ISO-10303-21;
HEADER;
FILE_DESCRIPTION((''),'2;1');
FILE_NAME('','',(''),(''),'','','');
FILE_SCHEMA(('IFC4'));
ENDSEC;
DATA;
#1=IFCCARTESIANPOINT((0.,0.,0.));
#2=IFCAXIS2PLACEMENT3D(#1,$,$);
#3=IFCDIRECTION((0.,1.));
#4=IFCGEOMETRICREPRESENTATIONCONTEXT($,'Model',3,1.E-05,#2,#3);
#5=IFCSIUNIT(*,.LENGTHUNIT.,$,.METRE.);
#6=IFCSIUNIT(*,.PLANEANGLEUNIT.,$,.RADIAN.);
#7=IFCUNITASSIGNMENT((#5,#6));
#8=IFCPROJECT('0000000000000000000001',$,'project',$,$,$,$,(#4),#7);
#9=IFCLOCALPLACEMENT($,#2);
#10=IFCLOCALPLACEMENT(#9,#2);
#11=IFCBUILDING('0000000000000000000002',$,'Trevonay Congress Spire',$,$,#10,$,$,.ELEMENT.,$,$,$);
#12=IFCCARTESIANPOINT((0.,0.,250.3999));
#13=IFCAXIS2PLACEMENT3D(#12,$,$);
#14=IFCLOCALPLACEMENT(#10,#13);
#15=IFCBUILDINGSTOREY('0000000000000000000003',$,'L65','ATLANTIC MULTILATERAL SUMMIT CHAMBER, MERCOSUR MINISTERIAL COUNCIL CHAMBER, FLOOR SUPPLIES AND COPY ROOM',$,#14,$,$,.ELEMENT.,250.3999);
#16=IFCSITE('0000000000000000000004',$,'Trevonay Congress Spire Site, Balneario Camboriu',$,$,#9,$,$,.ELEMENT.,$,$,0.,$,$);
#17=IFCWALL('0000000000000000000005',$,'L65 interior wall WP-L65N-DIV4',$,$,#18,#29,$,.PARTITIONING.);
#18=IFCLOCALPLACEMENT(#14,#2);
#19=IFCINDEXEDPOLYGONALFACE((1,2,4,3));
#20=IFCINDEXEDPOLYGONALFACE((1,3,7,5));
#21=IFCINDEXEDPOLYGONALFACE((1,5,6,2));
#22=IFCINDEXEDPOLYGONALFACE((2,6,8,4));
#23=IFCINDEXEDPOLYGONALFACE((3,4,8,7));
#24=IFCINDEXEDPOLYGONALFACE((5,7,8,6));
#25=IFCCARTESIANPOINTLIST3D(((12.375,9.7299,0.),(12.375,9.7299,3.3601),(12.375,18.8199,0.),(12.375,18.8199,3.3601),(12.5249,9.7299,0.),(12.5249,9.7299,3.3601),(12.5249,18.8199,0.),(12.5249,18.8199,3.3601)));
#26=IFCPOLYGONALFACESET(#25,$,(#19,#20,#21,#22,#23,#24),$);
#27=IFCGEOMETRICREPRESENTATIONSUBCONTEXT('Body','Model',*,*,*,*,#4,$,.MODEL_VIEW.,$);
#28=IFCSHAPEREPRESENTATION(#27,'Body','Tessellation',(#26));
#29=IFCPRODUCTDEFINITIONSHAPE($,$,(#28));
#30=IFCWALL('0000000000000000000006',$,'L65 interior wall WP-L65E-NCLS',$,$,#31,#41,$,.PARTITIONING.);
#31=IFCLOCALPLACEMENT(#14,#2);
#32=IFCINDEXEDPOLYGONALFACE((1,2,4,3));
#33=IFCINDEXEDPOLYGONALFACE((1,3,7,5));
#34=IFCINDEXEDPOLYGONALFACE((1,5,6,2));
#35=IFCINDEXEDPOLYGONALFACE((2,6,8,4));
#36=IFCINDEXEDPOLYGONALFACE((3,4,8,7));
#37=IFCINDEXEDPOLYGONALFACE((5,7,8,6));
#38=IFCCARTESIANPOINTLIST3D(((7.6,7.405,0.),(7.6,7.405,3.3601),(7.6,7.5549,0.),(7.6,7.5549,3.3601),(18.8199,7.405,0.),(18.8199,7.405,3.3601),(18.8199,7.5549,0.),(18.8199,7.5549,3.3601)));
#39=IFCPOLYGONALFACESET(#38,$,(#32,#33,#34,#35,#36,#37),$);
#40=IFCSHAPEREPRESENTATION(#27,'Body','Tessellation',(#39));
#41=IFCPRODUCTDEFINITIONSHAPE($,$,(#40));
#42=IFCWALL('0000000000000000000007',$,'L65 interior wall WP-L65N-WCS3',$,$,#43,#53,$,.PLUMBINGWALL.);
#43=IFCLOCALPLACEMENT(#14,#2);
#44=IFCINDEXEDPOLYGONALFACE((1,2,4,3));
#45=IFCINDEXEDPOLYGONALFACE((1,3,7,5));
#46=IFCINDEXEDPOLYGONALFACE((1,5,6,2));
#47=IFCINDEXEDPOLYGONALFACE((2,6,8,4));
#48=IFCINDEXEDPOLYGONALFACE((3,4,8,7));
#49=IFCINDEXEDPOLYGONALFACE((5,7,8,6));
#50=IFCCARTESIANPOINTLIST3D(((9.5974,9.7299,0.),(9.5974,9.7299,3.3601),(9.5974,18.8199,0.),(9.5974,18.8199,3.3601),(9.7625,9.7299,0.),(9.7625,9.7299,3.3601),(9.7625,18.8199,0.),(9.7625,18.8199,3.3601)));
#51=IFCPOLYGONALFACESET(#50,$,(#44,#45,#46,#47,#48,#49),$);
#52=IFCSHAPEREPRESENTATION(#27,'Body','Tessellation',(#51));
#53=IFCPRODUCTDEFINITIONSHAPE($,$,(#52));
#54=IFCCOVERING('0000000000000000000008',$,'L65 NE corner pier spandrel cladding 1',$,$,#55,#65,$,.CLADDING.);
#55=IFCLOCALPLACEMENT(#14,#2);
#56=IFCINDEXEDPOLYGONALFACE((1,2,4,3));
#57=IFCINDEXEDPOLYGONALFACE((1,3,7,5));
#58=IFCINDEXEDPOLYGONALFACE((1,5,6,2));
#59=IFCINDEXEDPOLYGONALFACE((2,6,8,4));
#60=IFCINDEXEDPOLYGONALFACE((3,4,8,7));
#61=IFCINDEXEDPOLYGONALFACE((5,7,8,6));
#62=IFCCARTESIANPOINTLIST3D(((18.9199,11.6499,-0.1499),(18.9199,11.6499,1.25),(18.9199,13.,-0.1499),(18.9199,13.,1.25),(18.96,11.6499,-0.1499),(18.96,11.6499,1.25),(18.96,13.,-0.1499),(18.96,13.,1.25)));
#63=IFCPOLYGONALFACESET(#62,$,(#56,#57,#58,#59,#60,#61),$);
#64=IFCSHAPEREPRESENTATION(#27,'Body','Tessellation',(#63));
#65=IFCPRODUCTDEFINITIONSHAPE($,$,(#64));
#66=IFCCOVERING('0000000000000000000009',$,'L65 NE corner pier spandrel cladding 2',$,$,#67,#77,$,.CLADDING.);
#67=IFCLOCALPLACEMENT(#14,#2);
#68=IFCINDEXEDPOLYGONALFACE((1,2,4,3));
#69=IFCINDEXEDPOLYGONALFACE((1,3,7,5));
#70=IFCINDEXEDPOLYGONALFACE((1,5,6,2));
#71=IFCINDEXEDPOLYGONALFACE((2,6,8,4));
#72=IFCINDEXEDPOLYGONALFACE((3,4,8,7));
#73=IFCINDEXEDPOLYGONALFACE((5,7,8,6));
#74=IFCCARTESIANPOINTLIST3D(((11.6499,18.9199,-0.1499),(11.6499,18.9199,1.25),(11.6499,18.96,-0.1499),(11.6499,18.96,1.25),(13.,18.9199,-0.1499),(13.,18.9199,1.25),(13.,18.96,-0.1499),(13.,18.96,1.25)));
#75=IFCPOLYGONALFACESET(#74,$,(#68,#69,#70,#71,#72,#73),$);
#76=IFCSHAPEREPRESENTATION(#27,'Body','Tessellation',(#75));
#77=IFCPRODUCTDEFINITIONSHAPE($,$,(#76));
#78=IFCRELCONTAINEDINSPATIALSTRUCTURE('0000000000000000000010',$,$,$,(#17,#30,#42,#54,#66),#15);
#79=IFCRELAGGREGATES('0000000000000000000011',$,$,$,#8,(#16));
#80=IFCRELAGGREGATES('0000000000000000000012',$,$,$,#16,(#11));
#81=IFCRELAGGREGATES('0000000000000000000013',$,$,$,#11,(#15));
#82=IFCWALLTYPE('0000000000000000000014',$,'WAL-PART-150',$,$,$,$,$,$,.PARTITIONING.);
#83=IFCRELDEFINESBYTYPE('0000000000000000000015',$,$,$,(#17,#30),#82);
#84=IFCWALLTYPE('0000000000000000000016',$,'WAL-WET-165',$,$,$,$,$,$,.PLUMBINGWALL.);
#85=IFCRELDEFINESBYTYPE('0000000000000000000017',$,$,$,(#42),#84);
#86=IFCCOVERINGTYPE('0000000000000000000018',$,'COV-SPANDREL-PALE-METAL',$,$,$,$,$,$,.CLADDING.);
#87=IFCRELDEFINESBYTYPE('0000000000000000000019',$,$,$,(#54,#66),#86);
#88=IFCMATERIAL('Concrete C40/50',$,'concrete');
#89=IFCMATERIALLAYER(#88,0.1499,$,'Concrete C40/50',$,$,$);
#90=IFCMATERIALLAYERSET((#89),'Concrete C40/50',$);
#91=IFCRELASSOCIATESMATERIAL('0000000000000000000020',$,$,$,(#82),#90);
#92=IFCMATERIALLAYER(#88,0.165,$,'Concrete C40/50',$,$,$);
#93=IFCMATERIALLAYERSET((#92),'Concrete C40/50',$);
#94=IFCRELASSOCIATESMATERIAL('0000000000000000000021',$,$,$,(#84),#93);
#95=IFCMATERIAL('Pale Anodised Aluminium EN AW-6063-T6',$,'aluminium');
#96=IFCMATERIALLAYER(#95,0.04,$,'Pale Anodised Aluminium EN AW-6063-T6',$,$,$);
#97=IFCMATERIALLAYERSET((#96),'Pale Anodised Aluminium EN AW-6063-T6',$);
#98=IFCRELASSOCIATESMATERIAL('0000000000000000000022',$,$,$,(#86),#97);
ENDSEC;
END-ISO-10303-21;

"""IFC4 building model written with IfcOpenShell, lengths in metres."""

from ifc_helpers import new_model, si_unit, direction, frame, frame_2d, origin, place, context, subcontext, project, spatial, rectangle, extrude, material, layer, layer_set, type_object, element, save


model = new_model("IFC4")

# Units and contexts
model_context = context("Model", 3, precision=1e-05, world=origin(), true_north=direction((0.0, 1.0)))
body_context = subcontext(model_context, "Body", "Model", "MODEL_VIEW")
ifc_project = project(units=[si_unit("LENGTHUNIT", "METRE"), si_unit("PLANEANGLEUNIT", "RADIAN")], contexts=[model_context])

# Site, building, storey
site_placement = place(None, origin())
site = spatial("IfcSite", under=ifc_project, at=site_placement, Name="Trevonay Congress Spire Site, Balneario Camboriu", CompositionType="ELEMENT", RefElevation=0.0)
building_placement = place(site_placement, origin())
building = spatial("IfcBuilding", under=site, at=building_placement, Name="Trevonay Congress Spire", CompositionType="ELEMENT")
storey_placement = place(building_placement, frame((0.0, 0.0, 250.3999)))
storey = spatial("IfcBuildingStorey", under=building, at=storey_placement, Name="L65", Description="ATLANTIC MULTILATERAL SUMMIT CHAMBER, MERCOSUR MINISTERIAL COUNCIL CHAMBER, FLOOR SUPPLIES AND COPY ROOM", CompositionType="ELEMENT", Elevation=250.3999)

# Shared definitions
ifc_material_1 = material(Name="Pale Anodised Aluminium EN AW-6063-T6", Category="aluminium")

# Walls
ifc_material_2 = material(Name="Concrete C40/50", Category="concrete")
ifc_layer_1 = layer(ifc_material_2, 0.1499, Name="Concrete C40/50")
ifc_layer_set_1 = layer_set([ifc_layer_1], Name="Concrete C40/50")
wall_type_1 = type_object("IfcWallType", Name="WAL-PART-150", PredefinedType="PARTITIONING", material=ifc_layer_set_1)
wall_1_placement = place(storey_placement, frame((12.45, 9.73, 0.0), z_axis=(0.0, 0.0, 1.0), x_axis=(0.0, 1.0, 0.0)))
element("IfcWall", 1, at=wall_1_placement, inside=storey, type_object=wall_type_1, Name="L65 interior wall WP-L65N-DIV4", PredefinedType="PARTITIONING", context=body_context, shape_type="SweptSolid", body=[
    extrude(rectangle(XDim=9.0901, YDim=0.1499, at=frame_2d((4.5449, 0.0))), origin(), (0.0, 0.0, 1.0), 3.3601),
])
wall_2_placement = place(storey_placement, frame((7.6001, 7.48, 0.0), z_axis=(0.0, 0.0, 1.0), x_axis=(1.0, 0.0, 0.0)))
element("IfcWall", 2, at=wall_2_placement, inside=storey, type_object=wall_type_1, Name="L65 interior wall WP-L65E-NCLS", PredefinedType="PARTITIONING", context=body_context, shape_type="SweptSolid", body=[
    extrude(rectangle(XDim=11.22, YDim=0.1499, at=frame_2d((5.6099, 0.0))), origin(), (0.0, 0.0, 1.0), 3.3601),
])
ifc_layer_2 = layer(ifc_material_2, 0.165, Name="Concrete C40/50")
ifc_layer_set_2 = layer_set([ifc_layer_2], Name="Concrete C40/50")
wall_type_2 = type_object("IfcWallType", Name="WAL-WET-165", PredefinedType="PLUMBINGWALL", material=ifc_layer_set_2)
wall_3_placement = place(storey_placement, frame((9.6799, 9.73, 0.0), z_axis=(0.0, 0.0, 1.0), x_axis=(0.0, 1.0, 0.0)))
element("IfcWall", 3, at=wall_3_placement, inside=storey, type_object=wall_type_2, Name="L65 interior wall WP-L65N-WCS3", PredefinedType="PLUMBINGWALL", context=body_context, shape_type="SweptSolid", body=[
    extrude(rectangle(XDim=9.0901, YDim=0.165, at=frame_2d((4.5449, 0.0))), origin(), (0.0, 0.0, 1.0), 3.3601),
])

# Coverings
ifc_layer_3 = layer(ifc_material_1, 0.04, Name="Pale Anodised Aluminium EN AW-6063-T6")
ifc_layer_set_3 = layer_set([ifc_layer_3], Name="Pale Anodised Aluminium EN AW-6063-T6")
covering_type = type_object("IfcCoveringType", Name="COV-SPANDREL-PALE-METAL", PredefinedType="CLADDING", material=ifc_layer_set_3)
for number, where, z_axis, x_axis, name in (
    (4, (18.9399, 11.6499, -0.1499), (0.0, 0.0, 1.0), (0.0, 1.0, 0.0), "L65 NE corner pier spandrel cladding 1"),
    (5, (11.6499, 18.9399, -0.1499), (0.0, 0.0, 1.0), (1.0, 0.0, 0.0), "L65 NE corner pier spandrel cladding 2"),
):
    element("IfcCovering", number, at=place(storey_placement, frame(where, z_axis=z_axis, x_axis=x_axis)), inside=storey, type_object=covering_type, Name=name, PredefinedType="CLADDING", context=body_context, shape_type="SweptSolid", body=[
        extrude(rectangle(XDim=1.3501, YDim=0.04, at=frame_2d((0.675, 0.0))), origin(), (0.0, 0.0, 1.0), 1.3999),
    ])

save(model, "model.ifc")
